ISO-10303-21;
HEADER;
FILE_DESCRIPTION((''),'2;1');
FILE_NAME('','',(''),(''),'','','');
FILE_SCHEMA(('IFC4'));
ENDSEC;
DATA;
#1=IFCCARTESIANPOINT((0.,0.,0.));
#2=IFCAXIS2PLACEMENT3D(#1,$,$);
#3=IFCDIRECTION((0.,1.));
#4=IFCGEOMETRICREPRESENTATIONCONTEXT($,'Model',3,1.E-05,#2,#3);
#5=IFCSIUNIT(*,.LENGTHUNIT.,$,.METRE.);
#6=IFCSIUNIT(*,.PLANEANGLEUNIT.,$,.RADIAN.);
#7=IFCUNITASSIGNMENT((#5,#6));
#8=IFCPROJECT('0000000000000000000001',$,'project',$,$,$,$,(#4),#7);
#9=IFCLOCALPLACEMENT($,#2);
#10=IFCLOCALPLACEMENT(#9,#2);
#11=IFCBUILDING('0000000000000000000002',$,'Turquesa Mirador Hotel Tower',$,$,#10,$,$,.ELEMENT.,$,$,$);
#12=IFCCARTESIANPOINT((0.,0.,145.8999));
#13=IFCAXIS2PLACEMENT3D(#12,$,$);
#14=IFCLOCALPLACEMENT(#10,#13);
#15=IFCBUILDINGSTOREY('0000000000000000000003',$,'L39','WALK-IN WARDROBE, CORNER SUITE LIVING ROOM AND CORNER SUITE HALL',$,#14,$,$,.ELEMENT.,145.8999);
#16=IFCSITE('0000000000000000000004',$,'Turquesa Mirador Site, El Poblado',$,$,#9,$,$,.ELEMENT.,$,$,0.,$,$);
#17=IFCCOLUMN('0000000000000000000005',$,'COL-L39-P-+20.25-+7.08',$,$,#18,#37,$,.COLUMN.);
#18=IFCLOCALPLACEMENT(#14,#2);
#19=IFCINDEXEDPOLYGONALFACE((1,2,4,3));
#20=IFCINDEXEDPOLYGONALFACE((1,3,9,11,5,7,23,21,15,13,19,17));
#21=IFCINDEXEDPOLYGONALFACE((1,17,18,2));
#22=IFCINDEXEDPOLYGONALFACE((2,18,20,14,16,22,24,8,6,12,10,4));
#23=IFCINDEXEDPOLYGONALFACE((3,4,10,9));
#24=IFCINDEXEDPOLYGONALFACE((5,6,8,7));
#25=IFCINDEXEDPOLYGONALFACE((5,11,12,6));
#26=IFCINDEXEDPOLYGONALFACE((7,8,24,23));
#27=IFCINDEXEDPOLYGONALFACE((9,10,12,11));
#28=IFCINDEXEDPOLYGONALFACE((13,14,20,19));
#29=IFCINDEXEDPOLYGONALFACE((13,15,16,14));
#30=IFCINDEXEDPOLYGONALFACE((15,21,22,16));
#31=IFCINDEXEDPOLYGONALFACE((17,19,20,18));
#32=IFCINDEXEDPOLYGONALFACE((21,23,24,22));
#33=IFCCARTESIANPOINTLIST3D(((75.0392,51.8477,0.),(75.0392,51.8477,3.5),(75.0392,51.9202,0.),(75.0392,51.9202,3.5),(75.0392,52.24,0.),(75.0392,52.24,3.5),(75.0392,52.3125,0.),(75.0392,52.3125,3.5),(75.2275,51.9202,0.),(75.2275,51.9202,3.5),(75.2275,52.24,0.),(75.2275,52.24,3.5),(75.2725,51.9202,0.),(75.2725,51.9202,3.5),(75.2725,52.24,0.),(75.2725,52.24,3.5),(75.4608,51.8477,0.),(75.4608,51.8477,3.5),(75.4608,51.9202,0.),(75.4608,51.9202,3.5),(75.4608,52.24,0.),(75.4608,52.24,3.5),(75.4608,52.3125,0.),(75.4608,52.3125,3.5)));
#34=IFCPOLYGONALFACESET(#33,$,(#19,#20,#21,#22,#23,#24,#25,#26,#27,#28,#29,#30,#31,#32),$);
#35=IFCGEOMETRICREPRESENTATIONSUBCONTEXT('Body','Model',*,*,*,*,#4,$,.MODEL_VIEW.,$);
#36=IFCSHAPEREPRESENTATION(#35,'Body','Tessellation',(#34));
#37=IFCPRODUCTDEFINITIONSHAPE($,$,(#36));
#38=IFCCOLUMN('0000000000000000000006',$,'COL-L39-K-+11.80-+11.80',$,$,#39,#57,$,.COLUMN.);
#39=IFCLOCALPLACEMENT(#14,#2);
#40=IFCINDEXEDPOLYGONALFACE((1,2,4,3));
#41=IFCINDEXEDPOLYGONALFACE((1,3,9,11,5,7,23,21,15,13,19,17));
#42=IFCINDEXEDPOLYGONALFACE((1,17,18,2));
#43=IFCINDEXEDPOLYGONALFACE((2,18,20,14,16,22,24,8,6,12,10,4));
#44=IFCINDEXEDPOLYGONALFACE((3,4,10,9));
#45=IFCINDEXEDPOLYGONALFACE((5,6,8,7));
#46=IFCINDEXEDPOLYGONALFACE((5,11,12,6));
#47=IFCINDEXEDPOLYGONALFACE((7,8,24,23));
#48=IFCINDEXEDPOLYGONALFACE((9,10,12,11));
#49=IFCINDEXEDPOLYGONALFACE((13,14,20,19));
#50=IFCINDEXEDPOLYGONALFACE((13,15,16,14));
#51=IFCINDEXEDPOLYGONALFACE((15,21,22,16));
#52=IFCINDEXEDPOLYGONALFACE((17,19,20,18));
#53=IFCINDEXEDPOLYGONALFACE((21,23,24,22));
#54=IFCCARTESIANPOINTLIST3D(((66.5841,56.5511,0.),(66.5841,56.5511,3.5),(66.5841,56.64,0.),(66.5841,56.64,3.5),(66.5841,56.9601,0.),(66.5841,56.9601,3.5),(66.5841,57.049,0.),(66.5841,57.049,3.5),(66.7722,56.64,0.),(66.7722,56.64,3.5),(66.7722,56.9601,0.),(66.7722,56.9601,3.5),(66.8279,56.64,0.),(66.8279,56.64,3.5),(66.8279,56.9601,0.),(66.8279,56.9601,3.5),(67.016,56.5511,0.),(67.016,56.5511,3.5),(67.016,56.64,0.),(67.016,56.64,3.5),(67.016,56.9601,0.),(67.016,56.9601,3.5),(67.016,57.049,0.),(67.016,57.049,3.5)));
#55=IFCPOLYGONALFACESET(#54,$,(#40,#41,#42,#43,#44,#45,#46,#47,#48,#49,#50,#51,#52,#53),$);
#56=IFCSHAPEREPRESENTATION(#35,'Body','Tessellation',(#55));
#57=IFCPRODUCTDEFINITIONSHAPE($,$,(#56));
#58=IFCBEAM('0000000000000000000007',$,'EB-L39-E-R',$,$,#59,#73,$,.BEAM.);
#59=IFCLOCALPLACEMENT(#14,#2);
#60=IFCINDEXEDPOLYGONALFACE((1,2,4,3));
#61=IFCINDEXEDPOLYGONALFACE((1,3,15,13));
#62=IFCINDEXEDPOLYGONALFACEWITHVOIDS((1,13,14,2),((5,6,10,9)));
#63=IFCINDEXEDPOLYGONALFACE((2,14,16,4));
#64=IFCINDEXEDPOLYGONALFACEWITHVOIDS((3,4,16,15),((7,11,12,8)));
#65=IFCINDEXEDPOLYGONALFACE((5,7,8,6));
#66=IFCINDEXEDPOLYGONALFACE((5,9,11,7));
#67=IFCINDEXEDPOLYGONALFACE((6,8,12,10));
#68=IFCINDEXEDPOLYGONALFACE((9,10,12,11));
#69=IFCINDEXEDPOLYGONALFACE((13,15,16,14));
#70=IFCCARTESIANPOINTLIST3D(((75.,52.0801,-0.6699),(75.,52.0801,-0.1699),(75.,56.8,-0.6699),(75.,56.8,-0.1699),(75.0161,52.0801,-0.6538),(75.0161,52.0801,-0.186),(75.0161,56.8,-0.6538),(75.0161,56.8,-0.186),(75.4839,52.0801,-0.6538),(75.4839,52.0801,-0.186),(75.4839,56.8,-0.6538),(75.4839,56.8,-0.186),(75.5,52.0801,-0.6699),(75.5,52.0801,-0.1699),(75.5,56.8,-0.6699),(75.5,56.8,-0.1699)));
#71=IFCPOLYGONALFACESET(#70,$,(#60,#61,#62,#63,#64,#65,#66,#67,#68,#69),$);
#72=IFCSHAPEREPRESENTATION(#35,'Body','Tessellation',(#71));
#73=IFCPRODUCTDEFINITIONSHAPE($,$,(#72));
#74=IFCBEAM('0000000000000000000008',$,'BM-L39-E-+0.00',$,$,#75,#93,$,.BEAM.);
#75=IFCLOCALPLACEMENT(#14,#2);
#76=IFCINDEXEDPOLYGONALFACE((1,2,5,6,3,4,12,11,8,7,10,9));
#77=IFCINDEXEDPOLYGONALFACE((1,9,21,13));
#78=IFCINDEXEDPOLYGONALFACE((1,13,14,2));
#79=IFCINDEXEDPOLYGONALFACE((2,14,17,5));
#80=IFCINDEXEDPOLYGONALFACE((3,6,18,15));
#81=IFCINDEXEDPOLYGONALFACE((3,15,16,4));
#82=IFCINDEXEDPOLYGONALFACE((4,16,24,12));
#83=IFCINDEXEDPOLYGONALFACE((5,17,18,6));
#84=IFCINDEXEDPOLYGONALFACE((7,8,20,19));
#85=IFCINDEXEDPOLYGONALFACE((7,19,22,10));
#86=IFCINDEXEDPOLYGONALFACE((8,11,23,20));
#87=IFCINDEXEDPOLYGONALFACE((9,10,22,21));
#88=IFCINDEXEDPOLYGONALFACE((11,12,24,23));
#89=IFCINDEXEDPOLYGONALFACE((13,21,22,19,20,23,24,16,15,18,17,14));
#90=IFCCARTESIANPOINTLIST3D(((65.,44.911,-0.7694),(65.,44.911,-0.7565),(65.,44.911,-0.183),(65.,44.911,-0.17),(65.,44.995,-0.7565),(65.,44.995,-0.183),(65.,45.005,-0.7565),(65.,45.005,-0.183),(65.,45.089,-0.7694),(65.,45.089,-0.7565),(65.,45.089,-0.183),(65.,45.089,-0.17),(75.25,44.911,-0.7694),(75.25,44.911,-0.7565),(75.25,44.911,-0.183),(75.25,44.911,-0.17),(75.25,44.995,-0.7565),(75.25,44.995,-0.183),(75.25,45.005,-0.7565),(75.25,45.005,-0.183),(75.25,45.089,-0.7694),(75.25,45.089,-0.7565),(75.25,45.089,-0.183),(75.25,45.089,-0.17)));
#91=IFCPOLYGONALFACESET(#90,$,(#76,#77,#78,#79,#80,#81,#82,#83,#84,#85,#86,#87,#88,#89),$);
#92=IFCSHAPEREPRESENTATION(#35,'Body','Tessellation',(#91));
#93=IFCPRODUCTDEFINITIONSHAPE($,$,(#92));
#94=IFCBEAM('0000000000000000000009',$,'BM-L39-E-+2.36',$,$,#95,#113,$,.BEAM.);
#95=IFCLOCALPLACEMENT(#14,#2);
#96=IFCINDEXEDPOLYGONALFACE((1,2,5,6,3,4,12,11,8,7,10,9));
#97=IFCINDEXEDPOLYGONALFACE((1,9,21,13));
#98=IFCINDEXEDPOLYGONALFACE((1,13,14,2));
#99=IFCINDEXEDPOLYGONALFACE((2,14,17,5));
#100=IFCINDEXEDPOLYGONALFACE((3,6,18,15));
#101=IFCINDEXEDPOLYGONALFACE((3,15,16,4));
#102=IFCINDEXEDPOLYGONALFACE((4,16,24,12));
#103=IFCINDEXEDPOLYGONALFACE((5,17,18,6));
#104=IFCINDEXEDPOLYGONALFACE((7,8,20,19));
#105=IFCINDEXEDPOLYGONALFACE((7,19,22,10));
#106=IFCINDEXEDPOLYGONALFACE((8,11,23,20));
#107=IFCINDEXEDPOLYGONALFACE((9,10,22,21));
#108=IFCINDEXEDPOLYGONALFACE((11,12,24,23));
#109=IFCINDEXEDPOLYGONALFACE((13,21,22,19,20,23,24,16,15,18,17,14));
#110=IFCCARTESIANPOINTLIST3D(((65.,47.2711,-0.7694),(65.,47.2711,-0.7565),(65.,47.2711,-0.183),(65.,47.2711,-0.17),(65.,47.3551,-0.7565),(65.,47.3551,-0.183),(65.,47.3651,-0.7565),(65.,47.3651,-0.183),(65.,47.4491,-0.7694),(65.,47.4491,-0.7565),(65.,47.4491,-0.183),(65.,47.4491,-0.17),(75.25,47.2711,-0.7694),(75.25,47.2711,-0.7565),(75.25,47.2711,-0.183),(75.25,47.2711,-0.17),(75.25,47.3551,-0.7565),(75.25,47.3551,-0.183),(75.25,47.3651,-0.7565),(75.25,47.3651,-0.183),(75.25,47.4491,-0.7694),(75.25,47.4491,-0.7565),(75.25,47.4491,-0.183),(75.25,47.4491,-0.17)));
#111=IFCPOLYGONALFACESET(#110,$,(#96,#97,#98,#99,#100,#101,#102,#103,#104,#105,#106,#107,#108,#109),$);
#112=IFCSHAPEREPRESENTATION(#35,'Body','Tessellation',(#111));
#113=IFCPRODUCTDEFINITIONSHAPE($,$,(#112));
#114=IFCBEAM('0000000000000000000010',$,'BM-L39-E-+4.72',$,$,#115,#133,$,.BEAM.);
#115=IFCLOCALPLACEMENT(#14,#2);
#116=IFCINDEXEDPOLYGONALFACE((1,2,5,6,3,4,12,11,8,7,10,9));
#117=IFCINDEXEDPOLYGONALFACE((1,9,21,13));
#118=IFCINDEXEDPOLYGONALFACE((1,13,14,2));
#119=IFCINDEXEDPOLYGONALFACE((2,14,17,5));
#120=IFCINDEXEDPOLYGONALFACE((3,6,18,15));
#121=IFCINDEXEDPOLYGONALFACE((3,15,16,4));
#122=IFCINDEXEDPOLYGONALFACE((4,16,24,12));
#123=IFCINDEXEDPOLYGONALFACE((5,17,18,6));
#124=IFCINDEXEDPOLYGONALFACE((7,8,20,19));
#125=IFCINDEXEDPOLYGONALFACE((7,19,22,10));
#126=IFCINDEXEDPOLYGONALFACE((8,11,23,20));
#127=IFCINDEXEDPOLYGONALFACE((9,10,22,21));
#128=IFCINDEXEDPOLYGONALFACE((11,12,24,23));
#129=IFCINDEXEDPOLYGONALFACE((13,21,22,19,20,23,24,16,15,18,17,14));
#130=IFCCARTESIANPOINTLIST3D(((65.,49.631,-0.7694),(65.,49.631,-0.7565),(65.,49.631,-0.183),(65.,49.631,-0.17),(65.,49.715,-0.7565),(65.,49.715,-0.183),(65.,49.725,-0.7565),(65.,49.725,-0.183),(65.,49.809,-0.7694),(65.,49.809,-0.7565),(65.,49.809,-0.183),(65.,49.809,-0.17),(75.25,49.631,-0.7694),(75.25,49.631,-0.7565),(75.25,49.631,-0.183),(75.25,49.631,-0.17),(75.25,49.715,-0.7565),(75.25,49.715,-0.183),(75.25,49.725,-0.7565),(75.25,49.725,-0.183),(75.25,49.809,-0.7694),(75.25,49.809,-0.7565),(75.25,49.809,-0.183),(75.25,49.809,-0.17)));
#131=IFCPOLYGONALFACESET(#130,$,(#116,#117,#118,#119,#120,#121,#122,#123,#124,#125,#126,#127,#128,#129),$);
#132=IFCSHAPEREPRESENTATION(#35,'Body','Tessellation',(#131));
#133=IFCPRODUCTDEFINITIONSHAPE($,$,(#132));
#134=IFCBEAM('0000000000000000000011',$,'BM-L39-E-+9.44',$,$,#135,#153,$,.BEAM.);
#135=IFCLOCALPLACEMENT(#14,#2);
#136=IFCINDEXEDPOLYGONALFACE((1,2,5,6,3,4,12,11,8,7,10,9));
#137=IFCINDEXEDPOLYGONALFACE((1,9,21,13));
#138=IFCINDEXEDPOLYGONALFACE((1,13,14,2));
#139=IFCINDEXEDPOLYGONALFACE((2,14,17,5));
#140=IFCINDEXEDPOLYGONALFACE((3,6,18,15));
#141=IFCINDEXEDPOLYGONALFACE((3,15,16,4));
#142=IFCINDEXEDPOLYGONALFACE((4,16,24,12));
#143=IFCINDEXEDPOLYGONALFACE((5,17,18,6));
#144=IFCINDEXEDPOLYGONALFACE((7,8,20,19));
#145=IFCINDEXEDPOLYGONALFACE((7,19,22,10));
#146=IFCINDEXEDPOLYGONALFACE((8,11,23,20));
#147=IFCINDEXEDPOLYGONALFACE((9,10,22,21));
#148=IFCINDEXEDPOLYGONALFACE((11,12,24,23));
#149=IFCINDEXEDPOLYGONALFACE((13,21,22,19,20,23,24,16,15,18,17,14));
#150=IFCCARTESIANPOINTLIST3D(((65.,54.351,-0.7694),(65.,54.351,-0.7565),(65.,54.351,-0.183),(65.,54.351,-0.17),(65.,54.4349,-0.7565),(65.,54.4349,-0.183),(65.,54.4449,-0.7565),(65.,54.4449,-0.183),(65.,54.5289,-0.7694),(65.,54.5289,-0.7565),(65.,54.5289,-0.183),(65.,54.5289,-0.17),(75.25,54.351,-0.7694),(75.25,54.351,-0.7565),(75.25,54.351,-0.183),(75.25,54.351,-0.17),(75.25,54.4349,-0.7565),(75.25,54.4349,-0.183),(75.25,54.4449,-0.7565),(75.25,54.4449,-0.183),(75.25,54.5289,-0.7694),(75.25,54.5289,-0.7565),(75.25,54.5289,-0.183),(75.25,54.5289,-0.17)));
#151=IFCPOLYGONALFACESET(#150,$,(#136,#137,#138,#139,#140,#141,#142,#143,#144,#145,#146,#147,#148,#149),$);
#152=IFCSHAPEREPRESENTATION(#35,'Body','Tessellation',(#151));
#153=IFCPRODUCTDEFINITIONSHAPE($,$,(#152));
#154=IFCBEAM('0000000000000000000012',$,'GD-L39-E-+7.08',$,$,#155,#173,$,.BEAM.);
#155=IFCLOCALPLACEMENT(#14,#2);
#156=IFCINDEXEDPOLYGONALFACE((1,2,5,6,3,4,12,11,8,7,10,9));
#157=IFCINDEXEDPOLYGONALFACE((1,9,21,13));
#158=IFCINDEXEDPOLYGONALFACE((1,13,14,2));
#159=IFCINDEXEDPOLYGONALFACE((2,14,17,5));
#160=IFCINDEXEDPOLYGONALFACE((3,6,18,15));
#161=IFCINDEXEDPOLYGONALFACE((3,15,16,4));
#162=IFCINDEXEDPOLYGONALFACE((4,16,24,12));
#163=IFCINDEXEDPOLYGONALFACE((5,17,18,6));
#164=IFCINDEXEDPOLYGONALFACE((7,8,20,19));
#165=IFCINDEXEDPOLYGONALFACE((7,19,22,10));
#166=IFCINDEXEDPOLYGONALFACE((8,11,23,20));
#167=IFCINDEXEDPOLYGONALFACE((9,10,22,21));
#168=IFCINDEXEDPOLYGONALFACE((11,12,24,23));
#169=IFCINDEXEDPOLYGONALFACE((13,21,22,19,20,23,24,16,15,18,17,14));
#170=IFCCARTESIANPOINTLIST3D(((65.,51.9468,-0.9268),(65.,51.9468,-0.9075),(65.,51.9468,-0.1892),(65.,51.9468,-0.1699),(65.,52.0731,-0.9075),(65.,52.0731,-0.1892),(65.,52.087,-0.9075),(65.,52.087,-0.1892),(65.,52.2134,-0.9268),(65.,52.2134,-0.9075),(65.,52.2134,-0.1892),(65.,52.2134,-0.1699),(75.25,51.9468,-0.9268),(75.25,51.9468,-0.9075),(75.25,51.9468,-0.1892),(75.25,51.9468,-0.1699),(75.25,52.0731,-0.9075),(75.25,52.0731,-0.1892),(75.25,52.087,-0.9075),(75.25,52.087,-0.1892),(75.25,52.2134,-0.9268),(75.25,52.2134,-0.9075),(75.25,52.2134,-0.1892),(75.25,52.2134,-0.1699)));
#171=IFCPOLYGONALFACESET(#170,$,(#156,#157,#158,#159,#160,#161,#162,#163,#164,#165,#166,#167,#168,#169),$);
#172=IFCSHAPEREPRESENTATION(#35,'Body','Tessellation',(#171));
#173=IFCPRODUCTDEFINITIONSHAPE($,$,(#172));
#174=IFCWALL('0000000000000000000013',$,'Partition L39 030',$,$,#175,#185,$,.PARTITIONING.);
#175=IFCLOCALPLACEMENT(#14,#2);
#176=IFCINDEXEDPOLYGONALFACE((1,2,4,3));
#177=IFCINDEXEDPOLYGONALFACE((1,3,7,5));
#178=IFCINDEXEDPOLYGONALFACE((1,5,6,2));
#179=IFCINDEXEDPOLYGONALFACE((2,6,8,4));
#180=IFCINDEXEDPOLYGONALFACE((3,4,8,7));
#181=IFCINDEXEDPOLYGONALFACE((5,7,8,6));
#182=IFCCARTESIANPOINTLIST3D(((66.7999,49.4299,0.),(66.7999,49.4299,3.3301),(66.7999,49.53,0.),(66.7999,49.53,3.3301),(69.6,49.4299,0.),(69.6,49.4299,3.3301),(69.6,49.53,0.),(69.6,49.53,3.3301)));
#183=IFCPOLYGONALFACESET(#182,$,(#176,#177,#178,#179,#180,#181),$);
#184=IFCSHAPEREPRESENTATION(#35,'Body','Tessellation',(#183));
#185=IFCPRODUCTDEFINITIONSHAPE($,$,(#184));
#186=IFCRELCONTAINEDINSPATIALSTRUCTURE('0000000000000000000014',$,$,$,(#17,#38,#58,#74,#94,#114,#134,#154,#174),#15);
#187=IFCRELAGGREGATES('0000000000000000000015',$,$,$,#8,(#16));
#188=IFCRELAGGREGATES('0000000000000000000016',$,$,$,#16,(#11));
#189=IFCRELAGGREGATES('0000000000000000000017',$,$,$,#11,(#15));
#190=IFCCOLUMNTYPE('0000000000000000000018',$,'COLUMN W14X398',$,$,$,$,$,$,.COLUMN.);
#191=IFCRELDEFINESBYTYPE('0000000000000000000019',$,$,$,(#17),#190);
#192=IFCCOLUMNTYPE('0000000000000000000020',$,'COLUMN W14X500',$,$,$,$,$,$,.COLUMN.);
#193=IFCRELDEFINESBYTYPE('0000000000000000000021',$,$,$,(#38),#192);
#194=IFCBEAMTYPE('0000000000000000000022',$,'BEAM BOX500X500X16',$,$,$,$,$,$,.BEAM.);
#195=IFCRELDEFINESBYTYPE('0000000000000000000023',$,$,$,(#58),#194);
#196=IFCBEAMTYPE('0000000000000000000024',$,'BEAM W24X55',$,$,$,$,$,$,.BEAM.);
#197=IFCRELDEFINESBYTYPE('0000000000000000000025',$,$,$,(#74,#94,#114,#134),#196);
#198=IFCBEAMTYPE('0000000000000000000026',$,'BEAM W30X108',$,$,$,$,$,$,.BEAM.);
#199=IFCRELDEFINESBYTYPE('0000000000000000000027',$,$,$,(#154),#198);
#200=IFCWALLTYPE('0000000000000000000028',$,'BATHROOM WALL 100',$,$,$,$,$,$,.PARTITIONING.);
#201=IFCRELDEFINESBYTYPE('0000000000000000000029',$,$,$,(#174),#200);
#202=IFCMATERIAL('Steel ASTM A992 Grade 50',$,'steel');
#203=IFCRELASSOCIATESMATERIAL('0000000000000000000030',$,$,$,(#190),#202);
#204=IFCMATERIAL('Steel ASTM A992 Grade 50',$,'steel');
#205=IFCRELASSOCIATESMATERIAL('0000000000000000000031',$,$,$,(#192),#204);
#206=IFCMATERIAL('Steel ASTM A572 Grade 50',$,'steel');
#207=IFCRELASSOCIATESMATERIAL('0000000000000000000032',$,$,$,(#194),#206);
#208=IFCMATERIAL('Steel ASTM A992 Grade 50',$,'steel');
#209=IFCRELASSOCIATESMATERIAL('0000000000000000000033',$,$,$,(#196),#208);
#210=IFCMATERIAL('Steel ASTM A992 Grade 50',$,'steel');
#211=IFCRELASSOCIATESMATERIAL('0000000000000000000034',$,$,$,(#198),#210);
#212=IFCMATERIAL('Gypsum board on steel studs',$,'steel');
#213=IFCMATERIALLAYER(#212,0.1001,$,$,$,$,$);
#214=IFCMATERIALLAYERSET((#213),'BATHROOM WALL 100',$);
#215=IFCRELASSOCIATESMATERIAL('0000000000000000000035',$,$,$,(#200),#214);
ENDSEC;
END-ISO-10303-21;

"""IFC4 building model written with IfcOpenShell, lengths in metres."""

from ifc_helpers import new_model, si_unit, direction, frame, frame_2d, origin, origin_2d, place, context, subcontext, project, spatial, rectangle, hollow_rectangle, i_section, extrude, material, layer, layer_set, material_profile, profile_set, type_object, element, save


model = new_model("IFC4")

# Units and contexts
model_context = context("Model", 3, precision=1e-05, world=origin(), true_north=direction((0.0, 1.0)))
body_context = subcontext(model_context, "Body", "Model", "MODEL_VIEW")
ifc_project = project(units=[si_unit("LENGTHUNIT", "METRE"), si_unit("PLANEANGLEUNIT", "RADIAN")], contexts=[model_context])

# Site, building, storey
site_placement = place(None, origin())
site = spatial("IfcSite", under=ifc_project, at=site_placement, Name="Turquesa Mirador Site, El Poblado", CompositionType="ELEMENT", RefElevation=0.0)
building_placement = place(site_placement, origin())
building = spatial("IfcBuilding", under=site, at=building_placement, Name="Turquesa Mirador Hotel Tower", CompositionType="ELEMENT")
storey_placement = place(building_placement, frame((0.0, 0.0, 145.8999)))
storey = spatial("IfcBuildingStorey", under=building, at=storey_placement, Name="L39", Description="WALK-IN WARDROBE, CORNER SUITE LIVING ROOM AND CORNER SUITE HALL", CompositionType="ELEMENT", Elevation=145.8999)

# Columns
ifc_material_1 = material(Name="Steel ASTM A992 Grade 50", Category="steel")
ifc_material_profile_1 = material_profile(ifc_material_1, i_section(OverallWidth=0.4216, OverallDepth=0.4648, WebThickness=0.0449, FlangeThickness=0.0725, at=origin_2d()), Name="W14X398")
ifc_profile_set_1 = profile_set([ifc_material_profile_1], Name="Steel ASTM A992 Grade 50")
column_type_1 = type_object("IfcColumnType", Name="COLUMN W14X398", PredefinedType="COLUMN", material=ifc_profile_set_1)
column_1_placement = place(storey_placement, frame((75.25, 52.0801, 0.0), z_axis=(0.0, 0.0, 1.0), x_axis=(1.0, 0.0, 0.0)))
element("IfcColumn", 1, at=column_1_placement, inside=storey, type_object=column_type_1, Name="COL-L39-P-+20.25-+7.08", PredefinedType="COLUMN", context=body_context, shape_type="SweptSolid", body=[
    extrude(i_section(OverallWidth=0.4216, OverallDepth=0.4648, WebThickness=0.0449, FlangeThickness=0.0725, at=origin_2d()), origin(), (0.0, 0.0, 1.0), 3.5),
])
ifc_material_2 = material(Name="Steel ASTM A992 Grade 50", Category="steel")
ifc_material_profile_2 = material_profile(ifc_material_2, i_section(OverallWidth=0.4319, OverallDepth=0.4978, WebThickness=0.0557, FlangeThickness=0.0889, at=origin_2d()), Name="W14X500")
ifc_profile_set_2 = profile_set([ifc_material_profile_2], Name="Steel ASTM A992 Grade 50")
column_type_2 = type_object("IfcColumnType", Name="COLUMN W14X500", PredefinedType="COLUMN", material=ifc_profile_set_2)
column_2_placement = place(storey_placement, frame((66.8, 56.8, 0.0), z_axis=(0.0, 0.0, 1.0), x_axis=(1.0, 0.0, 0.0)))
element("IfcColumn", 2, at=column_2_placement, inside=storey, type_object=column_type_2, Name="COL-L39-K-+11.80-+11.80", PredefinedType="COLUMN", context=body_context, shape_type="SweptSolid", body=[
    extrude(i_section(OverallWidth=0.4319, OverallDepth=0.4978, WebThickness=0.0557, FlangeThickness=0.0889, at=origin_2d()), origin(), (0.0, 0.0, 1.0), 3.5),
])

# Beams
ifc_material_3 = material(Name="Steel ASTM A572 Grade 50", Category="steel")
ifc_material_profile_3 = material_profile(ifc_material_3, hollow_rectangle(XDim=0.5, YDim=0.5, WallThickness=0.0161, at=origin_2d()), Name="BOX500X500X16")
ifc_profile_set_3 = profile_set([ifc_material_profile_3], Name="Steel ASTM A572 Grade 50")
beam_type_1 = type_object("IfcBeamType", Name="BEAM BOX500X500X16", PredefinedType="BEAM", material=ifc_profile_set_3)
beam_1_placement = place(storey_placement, frame((75.25, 52.0801, -0.4199), z_axis=(0.0, 1.0, 0.0), x_axis=(-1.0, 0.0, 0.0)))
element("IfcBeam", 3, at=beam_1_placement, inside=storey, type_object=beam_type_1, Name="EB-L39-E-R", PredefinedType="BEAM", context=body_context, shape_type="SweptSolid", body=[
    extrude(hollow_rectangle(XDim=0.5, YDim=0.5, WallThickness=0.0161, at=origin_2d()), origin(), (0.0, 0.0, 1.0), 4.72),
])
ifc_material_4 = material(Name="Steel ASTM A992 Grade 50", Category="steel")
ifc_material_profile_4 = material_profile(ifc_material_4, i_section(OverallWidth=0.178, OverallDepth=0.5994, WebThickness=0.01, FlangeThickness=0.0129, at=origin_2d()), Name="W24X55")
ifc_profile_set_4 = profile_set([ifc_material_profile_4], Name="Steel ASTM A992 Grade 50")
beam_type_2 = type_object("IfcBeamType", Name="BEAM W24X55", PredefinedType="BEAM", material=ifc_profile_set_4)
for number, where, z_axis, x_axis, name in (
    (4, (75.25, 45.0, -0.4697), (-1.0, 0.0, 0.0), (0.0, -1.0, 0.0), "BM-L39-E-+0.00"),
    (5, (75.25, 47.3601, -0.4697), (-1.0, 0.0, 0.0), (0.0, -1.0, 0.0), "BM-L39-E-+2.36"),
    (6, (75.25, 49.72, -0.4697), (-1.0, 0.0, 0.0), (0.0, -1.0, 0.0), "BM-L39-E-+4.72"),
    (7, (75.25, 54.4399, -0.4697), (-1.0, 0.0, 0.0), (0.0, -1.0, 0.0), "BM-L39-E-+9.44"),
):
    element("IfcBeam", number, at=place(storey_placement, frame(where, z_axis=z_axis, x_axis=x_axis)), inside=storey, type_object=beam_type_2, Name=name, PredefinedType="BEAM", context=body_context, shape_type="SweptSolid", body=[
        extrude(i_section(OverallWidth=0.178, OverallDepth=0.5994, WebThickness=0.01, FlangeThickness=0.0129, at=origin_2d()), origin(), (0.0, 0.0, 1.0), 10.25),
    ])
ifc_material_5 = material(Name="Steel ASTM A992 Grade 50", Category="steel")
ifc_material_profile_5 = material_profile(ifc_material_5, i_section(OverallWidth=0.2666, OverallDepth=0.7568, WebThickness=0.0139, FlangeThickness=0.0193, at=origin_2d()), Name="W30X108")
ifc_profile_set_5 = profile_set([ifc_material_profile_5], Name="Steel ASTM A992 Grade 50")
beam_type_3 = type_object("IfcBeamType", Name="BEAM W30X108", PredefinedType="BEAM", material=ifc_profile_set_5)
beam_2_placement = place(storey_placement, frame((75.25, 52.0801, -0.5483), z_axis=(-1.0, 0.0, 0.0), x_axis=(0.0, -1.0, 0.0)))
element("IfcBeam", 8, at=beam_2_placement, inside=storey, type_object=beam_type_3, Name="GD-L39-E-+7.08", PredefinedType="BEAM", context=body_context, shape_type="SweptSolid", body=[
    extrude(i_section(OverallWidth=0.2666, OverallDepth=0.7568, WebThickness=0.0139, FlangeThickness=0.0193, at=origin_2d()), origin(), (0.0, 0.0, 1.0), 10.25),
])

# Wall
ifc_material_6 = material(Name="Gypsum board on steel studs", Category="steel")
ifc_layer_1 = layer(ifc_material_6, 0.1001)
ifc_layer_set_1 = layer_set([ifc_layer_1], Name="BATHROOM WALL 100")
wall_type_1 = type_object("IfcWallType", Name="BATHROOM WALL 100", PredefinedType="PARTITIONING", material=ifc_layer_set_1)
wall_1_placement = place(storey_placement, frame((66.8, 49.48, 0.0), z_axis=(0.0, 0.0, 1.0), x_axis=(1.0, 0.0, 0.0)))
element("IfcWall", 9, at=wall_1_placement, inside=storey, type_object=wall_type_1, Name="Partition L39 030", PredefinedType="PARTITIONING", context=body_context, shape_type="SweptSolid", body=[
    extrude(rectangle(XDim=2.8, YDim=0.1001, at=frame_2d((1.3999, 0.0))), origin(), (0.0, 0.0, 1.0), 3.3301),
])

save(model, "model.ifc")
